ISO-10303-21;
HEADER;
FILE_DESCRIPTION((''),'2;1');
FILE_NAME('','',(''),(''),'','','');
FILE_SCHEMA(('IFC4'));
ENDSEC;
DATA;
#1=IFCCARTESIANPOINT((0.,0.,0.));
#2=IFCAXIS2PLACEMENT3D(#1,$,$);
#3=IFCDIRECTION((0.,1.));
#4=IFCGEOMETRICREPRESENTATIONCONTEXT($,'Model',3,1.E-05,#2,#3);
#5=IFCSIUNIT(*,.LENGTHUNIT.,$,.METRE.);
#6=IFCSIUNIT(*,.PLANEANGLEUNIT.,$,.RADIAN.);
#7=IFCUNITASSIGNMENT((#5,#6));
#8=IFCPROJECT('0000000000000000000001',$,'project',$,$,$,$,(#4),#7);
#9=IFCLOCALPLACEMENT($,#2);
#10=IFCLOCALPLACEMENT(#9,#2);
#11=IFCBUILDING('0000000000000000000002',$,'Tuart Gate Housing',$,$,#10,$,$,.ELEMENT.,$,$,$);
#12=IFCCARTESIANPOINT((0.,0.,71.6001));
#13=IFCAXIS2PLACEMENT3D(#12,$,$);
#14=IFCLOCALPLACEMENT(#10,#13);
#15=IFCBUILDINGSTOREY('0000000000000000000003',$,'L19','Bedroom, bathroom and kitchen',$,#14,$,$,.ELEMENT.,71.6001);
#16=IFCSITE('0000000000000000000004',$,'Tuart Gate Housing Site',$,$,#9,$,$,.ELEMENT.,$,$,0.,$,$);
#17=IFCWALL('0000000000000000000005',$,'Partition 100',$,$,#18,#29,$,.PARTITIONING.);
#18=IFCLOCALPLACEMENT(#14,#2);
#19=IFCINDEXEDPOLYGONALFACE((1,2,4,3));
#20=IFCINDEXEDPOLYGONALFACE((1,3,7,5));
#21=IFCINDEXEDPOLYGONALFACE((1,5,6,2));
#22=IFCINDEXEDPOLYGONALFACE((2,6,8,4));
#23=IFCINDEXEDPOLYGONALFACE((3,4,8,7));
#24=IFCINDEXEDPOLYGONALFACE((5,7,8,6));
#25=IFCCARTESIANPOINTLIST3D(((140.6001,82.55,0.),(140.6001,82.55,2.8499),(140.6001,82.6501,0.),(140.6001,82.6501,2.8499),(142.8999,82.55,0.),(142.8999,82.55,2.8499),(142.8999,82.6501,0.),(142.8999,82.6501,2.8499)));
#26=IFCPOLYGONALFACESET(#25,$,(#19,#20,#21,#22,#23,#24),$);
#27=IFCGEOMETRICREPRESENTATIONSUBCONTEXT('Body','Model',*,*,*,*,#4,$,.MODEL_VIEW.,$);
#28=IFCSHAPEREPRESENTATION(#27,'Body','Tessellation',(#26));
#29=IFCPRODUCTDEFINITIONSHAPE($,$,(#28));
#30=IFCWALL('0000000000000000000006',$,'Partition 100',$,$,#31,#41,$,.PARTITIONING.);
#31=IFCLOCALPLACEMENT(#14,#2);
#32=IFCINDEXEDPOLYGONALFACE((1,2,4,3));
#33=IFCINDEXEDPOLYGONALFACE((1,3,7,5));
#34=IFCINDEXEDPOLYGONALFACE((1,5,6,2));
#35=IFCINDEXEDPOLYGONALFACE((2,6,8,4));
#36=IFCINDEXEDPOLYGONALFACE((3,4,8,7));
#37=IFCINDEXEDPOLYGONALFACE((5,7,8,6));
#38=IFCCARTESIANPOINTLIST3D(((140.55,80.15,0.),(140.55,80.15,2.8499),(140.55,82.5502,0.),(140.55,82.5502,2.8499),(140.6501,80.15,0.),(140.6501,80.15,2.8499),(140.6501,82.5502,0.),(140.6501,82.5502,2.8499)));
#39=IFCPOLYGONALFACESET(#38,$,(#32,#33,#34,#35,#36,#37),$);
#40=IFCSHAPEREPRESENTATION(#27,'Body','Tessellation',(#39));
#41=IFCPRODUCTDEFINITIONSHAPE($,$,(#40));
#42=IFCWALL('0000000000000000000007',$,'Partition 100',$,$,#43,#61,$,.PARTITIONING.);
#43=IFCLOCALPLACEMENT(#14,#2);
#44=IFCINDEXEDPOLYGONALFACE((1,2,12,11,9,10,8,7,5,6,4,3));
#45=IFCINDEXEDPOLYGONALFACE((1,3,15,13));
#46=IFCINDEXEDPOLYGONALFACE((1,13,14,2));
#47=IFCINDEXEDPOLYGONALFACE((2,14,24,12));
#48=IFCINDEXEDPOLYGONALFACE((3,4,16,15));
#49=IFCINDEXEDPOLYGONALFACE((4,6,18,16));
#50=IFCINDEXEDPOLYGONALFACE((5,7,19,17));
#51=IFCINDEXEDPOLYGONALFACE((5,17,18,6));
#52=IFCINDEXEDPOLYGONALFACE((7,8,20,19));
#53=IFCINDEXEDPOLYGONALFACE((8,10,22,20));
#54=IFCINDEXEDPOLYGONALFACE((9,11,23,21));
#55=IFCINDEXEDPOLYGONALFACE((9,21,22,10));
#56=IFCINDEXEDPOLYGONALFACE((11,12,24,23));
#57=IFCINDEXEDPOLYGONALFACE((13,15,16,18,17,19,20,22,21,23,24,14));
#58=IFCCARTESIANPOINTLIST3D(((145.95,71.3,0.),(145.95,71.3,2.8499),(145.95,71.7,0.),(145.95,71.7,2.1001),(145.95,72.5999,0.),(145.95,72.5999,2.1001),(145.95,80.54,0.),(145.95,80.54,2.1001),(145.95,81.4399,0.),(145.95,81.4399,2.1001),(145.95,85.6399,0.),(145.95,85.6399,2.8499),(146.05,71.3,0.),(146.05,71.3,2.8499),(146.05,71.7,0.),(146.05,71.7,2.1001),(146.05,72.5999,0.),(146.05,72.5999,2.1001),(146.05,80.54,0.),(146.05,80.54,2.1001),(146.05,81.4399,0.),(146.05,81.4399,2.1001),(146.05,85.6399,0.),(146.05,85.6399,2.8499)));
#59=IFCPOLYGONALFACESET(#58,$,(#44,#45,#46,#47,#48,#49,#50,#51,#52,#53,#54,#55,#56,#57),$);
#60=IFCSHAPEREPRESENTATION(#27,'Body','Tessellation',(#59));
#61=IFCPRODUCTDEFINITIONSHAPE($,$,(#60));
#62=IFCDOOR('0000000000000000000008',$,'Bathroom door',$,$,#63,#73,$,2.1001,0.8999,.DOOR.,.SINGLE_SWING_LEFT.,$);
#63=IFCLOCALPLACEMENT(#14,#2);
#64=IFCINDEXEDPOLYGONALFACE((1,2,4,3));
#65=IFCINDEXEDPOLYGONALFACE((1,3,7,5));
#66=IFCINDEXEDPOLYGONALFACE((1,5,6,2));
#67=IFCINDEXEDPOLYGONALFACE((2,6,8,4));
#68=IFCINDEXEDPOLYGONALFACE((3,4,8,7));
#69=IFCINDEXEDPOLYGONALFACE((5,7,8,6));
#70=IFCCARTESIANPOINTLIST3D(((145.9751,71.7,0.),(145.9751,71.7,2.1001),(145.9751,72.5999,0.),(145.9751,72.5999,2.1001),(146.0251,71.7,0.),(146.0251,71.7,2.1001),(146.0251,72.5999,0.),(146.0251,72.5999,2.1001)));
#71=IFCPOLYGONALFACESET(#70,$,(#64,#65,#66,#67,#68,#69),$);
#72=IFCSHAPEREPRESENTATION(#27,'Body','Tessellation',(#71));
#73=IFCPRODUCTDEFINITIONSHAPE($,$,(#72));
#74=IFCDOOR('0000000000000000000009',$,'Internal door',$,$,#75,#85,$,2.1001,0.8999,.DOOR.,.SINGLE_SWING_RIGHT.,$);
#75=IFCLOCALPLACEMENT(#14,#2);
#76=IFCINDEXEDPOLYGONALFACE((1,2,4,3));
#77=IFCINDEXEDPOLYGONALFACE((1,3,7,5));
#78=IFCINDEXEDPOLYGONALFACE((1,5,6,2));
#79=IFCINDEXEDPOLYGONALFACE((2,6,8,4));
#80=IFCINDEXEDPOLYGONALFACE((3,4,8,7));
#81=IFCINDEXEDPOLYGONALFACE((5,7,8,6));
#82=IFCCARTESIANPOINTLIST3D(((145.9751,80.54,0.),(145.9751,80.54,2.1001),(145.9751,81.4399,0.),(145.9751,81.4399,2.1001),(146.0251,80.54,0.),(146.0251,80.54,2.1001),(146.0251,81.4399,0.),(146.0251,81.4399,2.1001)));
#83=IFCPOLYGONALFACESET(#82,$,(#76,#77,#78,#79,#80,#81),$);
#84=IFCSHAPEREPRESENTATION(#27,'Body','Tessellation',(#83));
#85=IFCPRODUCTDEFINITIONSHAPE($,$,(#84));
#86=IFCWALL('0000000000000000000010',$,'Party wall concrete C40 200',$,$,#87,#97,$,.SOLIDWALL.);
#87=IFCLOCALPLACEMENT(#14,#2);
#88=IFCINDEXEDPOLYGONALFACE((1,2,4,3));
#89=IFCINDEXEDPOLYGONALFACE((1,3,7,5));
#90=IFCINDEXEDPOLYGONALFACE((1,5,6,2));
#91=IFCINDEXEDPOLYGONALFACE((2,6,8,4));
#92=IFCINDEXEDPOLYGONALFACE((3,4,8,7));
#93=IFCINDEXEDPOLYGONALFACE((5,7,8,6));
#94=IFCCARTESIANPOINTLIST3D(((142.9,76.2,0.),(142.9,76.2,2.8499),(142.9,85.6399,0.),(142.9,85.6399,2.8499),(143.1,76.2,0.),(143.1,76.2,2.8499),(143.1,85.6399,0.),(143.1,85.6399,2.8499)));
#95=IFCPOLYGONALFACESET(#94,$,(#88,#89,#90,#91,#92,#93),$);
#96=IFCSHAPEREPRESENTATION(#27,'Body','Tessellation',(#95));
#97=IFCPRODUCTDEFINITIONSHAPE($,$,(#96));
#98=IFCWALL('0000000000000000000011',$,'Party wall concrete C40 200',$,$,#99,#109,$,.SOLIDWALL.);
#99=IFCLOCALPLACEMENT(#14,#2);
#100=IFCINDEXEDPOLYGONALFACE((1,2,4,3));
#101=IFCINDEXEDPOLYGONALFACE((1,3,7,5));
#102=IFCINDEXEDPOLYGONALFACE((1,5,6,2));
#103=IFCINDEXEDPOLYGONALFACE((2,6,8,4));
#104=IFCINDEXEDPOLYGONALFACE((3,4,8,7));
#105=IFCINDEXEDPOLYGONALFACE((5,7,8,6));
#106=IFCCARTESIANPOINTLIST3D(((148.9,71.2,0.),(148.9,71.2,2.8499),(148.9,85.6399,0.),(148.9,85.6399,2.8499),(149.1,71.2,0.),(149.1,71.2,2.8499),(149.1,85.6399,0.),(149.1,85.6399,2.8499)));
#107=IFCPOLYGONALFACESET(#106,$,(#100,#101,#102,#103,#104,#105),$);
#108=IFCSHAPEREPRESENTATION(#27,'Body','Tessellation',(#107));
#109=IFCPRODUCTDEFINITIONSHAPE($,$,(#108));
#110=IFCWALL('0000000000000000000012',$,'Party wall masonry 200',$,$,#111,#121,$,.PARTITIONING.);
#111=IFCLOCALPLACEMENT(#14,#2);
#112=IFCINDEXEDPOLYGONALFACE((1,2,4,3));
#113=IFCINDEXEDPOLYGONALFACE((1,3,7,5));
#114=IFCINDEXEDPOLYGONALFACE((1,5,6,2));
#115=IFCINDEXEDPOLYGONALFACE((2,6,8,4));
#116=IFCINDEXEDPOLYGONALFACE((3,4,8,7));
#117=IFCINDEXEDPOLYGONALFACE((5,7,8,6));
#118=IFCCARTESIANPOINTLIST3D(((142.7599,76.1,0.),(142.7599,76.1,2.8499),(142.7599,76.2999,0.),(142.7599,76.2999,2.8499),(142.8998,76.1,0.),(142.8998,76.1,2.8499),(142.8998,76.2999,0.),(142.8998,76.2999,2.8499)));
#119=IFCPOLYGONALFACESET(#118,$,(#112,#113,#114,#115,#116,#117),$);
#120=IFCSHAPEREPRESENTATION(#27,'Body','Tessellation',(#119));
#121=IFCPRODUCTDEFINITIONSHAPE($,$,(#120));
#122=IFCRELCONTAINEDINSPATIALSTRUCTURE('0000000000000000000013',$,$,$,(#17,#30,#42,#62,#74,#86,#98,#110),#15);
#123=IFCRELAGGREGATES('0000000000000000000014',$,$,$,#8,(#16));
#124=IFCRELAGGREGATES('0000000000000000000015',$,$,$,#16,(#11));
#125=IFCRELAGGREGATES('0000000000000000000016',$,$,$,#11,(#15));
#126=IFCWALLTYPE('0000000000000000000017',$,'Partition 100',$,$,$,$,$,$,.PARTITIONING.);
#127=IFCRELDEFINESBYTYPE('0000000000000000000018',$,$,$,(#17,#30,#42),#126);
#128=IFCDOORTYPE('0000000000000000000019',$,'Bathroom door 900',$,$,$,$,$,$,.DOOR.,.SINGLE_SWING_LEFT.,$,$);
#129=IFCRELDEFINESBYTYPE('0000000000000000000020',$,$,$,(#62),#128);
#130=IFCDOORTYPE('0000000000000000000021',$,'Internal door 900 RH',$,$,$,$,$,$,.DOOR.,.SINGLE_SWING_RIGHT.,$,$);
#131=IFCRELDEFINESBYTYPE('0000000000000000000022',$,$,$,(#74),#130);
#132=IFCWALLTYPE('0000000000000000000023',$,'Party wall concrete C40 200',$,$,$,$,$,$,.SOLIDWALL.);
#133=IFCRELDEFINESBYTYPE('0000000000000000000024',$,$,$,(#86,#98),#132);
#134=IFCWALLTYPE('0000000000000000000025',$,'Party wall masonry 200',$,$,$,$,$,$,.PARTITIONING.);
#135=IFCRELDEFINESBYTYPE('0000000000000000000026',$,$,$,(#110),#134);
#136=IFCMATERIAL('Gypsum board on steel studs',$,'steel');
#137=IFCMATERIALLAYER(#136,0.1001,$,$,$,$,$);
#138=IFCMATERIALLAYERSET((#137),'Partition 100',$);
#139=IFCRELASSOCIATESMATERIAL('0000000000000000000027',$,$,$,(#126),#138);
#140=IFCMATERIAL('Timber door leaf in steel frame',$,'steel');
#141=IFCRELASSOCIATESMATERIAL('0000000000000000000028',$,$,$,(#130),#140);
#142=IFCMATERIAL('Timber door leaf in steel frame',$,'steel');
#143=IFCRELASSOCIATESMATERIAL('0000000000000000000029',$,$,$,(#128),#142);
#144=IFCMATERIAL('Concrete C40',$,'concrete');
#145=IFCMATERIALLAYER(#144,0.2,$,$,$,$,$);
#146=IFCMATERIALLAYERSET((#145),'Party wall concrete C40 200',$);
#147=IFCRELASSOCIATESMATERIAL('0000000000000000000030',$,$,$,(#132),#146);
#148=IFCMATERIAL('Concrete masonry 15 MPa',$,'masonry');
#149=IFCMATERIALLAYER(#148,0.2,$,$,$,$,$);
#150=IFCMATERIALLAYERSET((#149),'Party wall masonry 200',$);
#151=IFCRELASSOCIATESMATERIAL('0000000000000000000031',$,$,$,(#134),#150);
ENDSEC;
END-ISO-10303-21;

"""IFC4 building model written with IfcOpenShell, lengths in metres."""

from ifc_helpers import new_model, si_unit, direction, frame, frame_2d, origin, place, context, subcontext, project, spatial, rectangle, extrude, material, layer, layer_set, type_object, element, fill, save


model = new_model("IFC4")

# Units and contexts
model_context = context("Model", 3, precision=1e-05, world=origin(), true_north=direction((0.0, 1.0)))
body_context = subcontext(model_context, "Body", "Model", "MODEL_VIEW")
ifc_project = project(units=[si_unit("LENGTHUNIT", "METRE"), si_unit("PLANEANGLEUNIT", "RADIAN")], contexts=[model_context])

# Site, building, storey
site_placement = place(None, origin())
site = spatial("IfcSite", under=ifc_project, at=site_placement, Name="Tuart Gate Housing Site", CompositionType="ELEMENT", RefElevation=0.0)
building_placement = place(site_placement, origin())
building = spatial("IfcBuilding", under=site, at=building_placement, Name="Tuart Gate Housing", CompositionType="ELEMENT")
storey_placement = place(building_placement, frame((0.0, 0.0, 71.6001)))
storey = spatial("IfcBuildingStorey", under=building, at=storey_placement, Name="L19", Description="Bedroom, bathroom and kitchen", CompositionType="ELEMENT", Elevation=71.6001)

# Shared definitions
ifc_material_1 = material(Name="Gypsum board on steel studs", Category="steel")
ifc_layer_1 = layer(ifc_material_1, 0.1001)
ifc_layer_set_1 = layer_set([ifc_layer_1], Name="Partition 100")
wall_type_1 = type_object("IfcWallType", Name="Partition 100", PredefinedType="PARTITIONING", material=ifc_layer_set_1)

# Shared definitions
ifc_material_2 = material(Name="Timber door leaf in steel frame", Category="steel")
door_type_1 = type_object("IfcDoorType", Name="Internal door 900 RH", OperationType="SINGLE_SWING_RIGHT", PredefinedType="DOOR", material=ifc_material_2)

# Walls
wall_1_placement = place(storey_placement, frame((140.6001, 82.6001, 0.0), z_axis=(0.0, 0.0, 1.0), x_axis=(1.0, 0.0, 0.0)))
element("IfcWall", 1, at=wall_1_placement, inside=storey, type_object=wall_type_1, Name="Partition 100", PredefinedType="PARTITIONING", context=body_context, shape_type="SweptSolid", body=[
    extrude(rectangle(XDim=2.2998, YDim=0.1001, at=frame_2d((1.1499, 0.0))), origin(), (0.0, 0.0, 1.0), 2.8499),
])
wall_2_placement = place(storey_placement, frame((140.6001, 80.1499, 0.0), z_axis=(0.0, 0.0, 1.0), x_axis=(0.0, 1.0, 0.0)))
element("IfcWall", 2, at=wall_2_placement, inside=storey, type_object=wall_type_1, Name="Partition 100", PredefinedType="PARTITIONING", context=body_context, shape_type="SweptSolid", body=[
    extrude(rectangle(XDim=2.4001, YDim=0.1001, at=frame_2d((1.2002, 0.0))), origin(), (0.0, 0.0, 1.0), 2.8499),
])

# Wall, openings, doors
wall_3_placement = place(storey_placement, frame((146.0, 71.3, 0.0), z_axis=(0.0, 0.0, 1.0), x_axis=(0.0, 1.0, 0.0)))
wall_3 = element("IfcWall", 3, at=wall_3_placement, inside=storey, type_object=wall_type_1, Name="Partition 100", PredefinedType="PARTITIONING", context=body_context, shape_type="SweptSolid", body=[
    extrude(rectangle(XDim=14.3398, YDim=0.1001, at=frame_2d((7.1699, 0.0))), origin(), (0.0, 0.0, 1.0), 2.8499),
])
opening_1_placement = place(wall_3_placement, frame((9.24, 0.0, 0.0)))
opening_1 = element("IfcOpeningElement", 4, at=opening_1_placement, cuts=wall_3, PredefinedType="OPENING", context=body_context, shape_type="SweptSolid", body=[
    extrude(rectangle(XDim=0.8999, YDim=2.1001, at=frame_2d((0.45, 1.05))), frame((0.0, 0.0601, 0.0), z_axis=(0.0, -1.0, 0.0), x_axis=(1.0, 0.0, 0.0)), (0.0, 0.0, 1.0), 0.1201),
])
opening_2_placement = place(wall_3_placement, frame((0.3999, 0.0, 0.0)))
opening_2 = element("IfcOpeningElement", 5, at=opening_2_placement, cuts=wall_3, PredefinedType="OPENING", context=body_context, shape_type="SweptSolid", body=[
    extrude(rectangle(XDim=0.8999, YDim=2.1001, at=frame_2d((0.45, 1.05))), frame((0.0, 0.0601, 0.0), z_axis=(0.0, -1.0, 0.0), x_axis=(1.0, 0.0, 0.0)), (0.0, 0.0, 1.0), 0.1201),
])
ifc_material_3 = material(Name="Timber door leaf in steel frame", Category="steel")
door_type_2 = type_object("IfcDoorType", Name="Bathroom door 900", OperationType="SINGLE_SWING_LEFT", PredefinedType="DOOR", material=ifc_material_3)
door_1_placement = place(opening_2_placement, origin())
door_1 = element("IfcDoor", 6, at=door_1_placement, inside=storey, type_object=door_type_2, Name="Bathroom door", OperationType="SINGLE_SWING_LEFT", OverallHeight=2.1001, OverallWidth=0.8999, PredefinedType="DOOR", context=body_context, shape_type="SweptSolid", body=[
    extrude(rectangle(XDim=0.8999, YDim=2.1001, at=frame_2d((0.45, 1.05))), frame((0.0, 0.0249, 0.0), z_axis=(0.0, -1.0, 0.0), x_axis=(1.0, 0.0, 0.0)), (0.0, 0.0, 1.0), 0.05),
])
fill(opening_2, door_1)
door_2_placement = place(opening_1_placement, origin())
door_2 = element("IfcDoor", 7, at=door_2_placement, inside=storey, type_object=door_type_1, Name="Internal door", OperationType="SINGLE_SWING_RIGHT", OverallHeight=2.1001, OverallWidth=0.8999, PredefinedType="DOOR", context=body_context, shape_type="SweptSolid", body=[
    extrude(rectangle(XDim=0.8999, YDim=2.1001, at=frame_2d((0.45, 1.05))), frame((0.0, 0.0249, 0.0), z_axis=(0.0, -1.0, 0.0), x_axis=(1.0, 0.0, 0.0)), (0.0, 0.0, 1.0), 0.05),
])
fill(opening_1, door_2)

# Walls
ifc_material_4 = material(Name="Concrete C40", Category="concrete")
ifc_layer_2 = layer(ifc_material_4, 0.2)
ifc_layer_set_2 = layer_set([ifc_layer_2], Name="Party wall concrete C40 200")
wall_type_2 = type_object("IfcWallType", Name="Party wall concrete C40 200", PredefinedType="SOLIDWALL", material=ifc_layer_set_2)
wall_4_placement = place(storey_placement, frame((143.0, 76.2, 0.0), z_axis=(0.0, 0.0, 1.0), x_axis=(0.0, 1.0, 0.0)))
element("IfcWall", 8, at=wall_4_placement, inside=storey, type_object=wall_type_2, Name="Party wall concrete C40 200", PredefinedType="SOLIDWALL", context=body_context, shape_type="SweptSolid", body=[
    extrude(rectangle(XDim=9.4399, YDim=0.2, at=frame_2d((4.72, 0.0))), origin(), (0.0, 0.0, 1.0), 2.8499),
])
wall_5_placement = place(storey_placement, frame((149.0, 71.2, 0.0), z_axis=(0.0, 0.0, 1.0), x_axis=(0.0, 1.0, 0.0)))
element("IfcWall", 9, at=wall_5_placement, inside=storey, type_object=wall_type_2, Name="Party wall concrete C40 200", PredefinedType="SOLIDWALL", context=body_context, shape_type="SweptSolid", body=[
    extrude(rectangle(XDim=14.4399, YDim=0.2, at=frame_2d((7.22, 0.0))), origin(), (0.0, 0.0, 1.0), 2.8499),
])
ifc_material_5 = material(Name="Concrete masonry 15 MPa", Category="masonry")
ifc_layer_3 = layer(ifc_material_5, 0.2)
ifc_layer_set_3 = layer_set([ifc_layer_3], Name="Party wall masonry 200")
wall_type_3 = type_object("IfcWallType", Name="Party wall masonry 200", PredefinedType="PARTITIONING", material=ifc_layer_set_3)
wall_6_placement = place(storey_placement, frame((142.76, 76.2, 0.0), z_axis=(0.0, 0.0, 1.0), x_axis=(1.0, 0.0, 0.0)))
element("IfcWall", 10, at=wall_6_placement, inside=storey, type_object=wall_type_3, Name="Party wall masonry 200", PredefinedType="PARTITIONING", context=body_context, shape_type="SweptSolid", body=[
    extrude(rectangle(XDim=0.1399, YDim=0.2, at=frame_2d((0.0698, 0.0))), origin(), (0.0, 0.0, 1.0), 2.8499),
])

save(model, "model.ifc")
